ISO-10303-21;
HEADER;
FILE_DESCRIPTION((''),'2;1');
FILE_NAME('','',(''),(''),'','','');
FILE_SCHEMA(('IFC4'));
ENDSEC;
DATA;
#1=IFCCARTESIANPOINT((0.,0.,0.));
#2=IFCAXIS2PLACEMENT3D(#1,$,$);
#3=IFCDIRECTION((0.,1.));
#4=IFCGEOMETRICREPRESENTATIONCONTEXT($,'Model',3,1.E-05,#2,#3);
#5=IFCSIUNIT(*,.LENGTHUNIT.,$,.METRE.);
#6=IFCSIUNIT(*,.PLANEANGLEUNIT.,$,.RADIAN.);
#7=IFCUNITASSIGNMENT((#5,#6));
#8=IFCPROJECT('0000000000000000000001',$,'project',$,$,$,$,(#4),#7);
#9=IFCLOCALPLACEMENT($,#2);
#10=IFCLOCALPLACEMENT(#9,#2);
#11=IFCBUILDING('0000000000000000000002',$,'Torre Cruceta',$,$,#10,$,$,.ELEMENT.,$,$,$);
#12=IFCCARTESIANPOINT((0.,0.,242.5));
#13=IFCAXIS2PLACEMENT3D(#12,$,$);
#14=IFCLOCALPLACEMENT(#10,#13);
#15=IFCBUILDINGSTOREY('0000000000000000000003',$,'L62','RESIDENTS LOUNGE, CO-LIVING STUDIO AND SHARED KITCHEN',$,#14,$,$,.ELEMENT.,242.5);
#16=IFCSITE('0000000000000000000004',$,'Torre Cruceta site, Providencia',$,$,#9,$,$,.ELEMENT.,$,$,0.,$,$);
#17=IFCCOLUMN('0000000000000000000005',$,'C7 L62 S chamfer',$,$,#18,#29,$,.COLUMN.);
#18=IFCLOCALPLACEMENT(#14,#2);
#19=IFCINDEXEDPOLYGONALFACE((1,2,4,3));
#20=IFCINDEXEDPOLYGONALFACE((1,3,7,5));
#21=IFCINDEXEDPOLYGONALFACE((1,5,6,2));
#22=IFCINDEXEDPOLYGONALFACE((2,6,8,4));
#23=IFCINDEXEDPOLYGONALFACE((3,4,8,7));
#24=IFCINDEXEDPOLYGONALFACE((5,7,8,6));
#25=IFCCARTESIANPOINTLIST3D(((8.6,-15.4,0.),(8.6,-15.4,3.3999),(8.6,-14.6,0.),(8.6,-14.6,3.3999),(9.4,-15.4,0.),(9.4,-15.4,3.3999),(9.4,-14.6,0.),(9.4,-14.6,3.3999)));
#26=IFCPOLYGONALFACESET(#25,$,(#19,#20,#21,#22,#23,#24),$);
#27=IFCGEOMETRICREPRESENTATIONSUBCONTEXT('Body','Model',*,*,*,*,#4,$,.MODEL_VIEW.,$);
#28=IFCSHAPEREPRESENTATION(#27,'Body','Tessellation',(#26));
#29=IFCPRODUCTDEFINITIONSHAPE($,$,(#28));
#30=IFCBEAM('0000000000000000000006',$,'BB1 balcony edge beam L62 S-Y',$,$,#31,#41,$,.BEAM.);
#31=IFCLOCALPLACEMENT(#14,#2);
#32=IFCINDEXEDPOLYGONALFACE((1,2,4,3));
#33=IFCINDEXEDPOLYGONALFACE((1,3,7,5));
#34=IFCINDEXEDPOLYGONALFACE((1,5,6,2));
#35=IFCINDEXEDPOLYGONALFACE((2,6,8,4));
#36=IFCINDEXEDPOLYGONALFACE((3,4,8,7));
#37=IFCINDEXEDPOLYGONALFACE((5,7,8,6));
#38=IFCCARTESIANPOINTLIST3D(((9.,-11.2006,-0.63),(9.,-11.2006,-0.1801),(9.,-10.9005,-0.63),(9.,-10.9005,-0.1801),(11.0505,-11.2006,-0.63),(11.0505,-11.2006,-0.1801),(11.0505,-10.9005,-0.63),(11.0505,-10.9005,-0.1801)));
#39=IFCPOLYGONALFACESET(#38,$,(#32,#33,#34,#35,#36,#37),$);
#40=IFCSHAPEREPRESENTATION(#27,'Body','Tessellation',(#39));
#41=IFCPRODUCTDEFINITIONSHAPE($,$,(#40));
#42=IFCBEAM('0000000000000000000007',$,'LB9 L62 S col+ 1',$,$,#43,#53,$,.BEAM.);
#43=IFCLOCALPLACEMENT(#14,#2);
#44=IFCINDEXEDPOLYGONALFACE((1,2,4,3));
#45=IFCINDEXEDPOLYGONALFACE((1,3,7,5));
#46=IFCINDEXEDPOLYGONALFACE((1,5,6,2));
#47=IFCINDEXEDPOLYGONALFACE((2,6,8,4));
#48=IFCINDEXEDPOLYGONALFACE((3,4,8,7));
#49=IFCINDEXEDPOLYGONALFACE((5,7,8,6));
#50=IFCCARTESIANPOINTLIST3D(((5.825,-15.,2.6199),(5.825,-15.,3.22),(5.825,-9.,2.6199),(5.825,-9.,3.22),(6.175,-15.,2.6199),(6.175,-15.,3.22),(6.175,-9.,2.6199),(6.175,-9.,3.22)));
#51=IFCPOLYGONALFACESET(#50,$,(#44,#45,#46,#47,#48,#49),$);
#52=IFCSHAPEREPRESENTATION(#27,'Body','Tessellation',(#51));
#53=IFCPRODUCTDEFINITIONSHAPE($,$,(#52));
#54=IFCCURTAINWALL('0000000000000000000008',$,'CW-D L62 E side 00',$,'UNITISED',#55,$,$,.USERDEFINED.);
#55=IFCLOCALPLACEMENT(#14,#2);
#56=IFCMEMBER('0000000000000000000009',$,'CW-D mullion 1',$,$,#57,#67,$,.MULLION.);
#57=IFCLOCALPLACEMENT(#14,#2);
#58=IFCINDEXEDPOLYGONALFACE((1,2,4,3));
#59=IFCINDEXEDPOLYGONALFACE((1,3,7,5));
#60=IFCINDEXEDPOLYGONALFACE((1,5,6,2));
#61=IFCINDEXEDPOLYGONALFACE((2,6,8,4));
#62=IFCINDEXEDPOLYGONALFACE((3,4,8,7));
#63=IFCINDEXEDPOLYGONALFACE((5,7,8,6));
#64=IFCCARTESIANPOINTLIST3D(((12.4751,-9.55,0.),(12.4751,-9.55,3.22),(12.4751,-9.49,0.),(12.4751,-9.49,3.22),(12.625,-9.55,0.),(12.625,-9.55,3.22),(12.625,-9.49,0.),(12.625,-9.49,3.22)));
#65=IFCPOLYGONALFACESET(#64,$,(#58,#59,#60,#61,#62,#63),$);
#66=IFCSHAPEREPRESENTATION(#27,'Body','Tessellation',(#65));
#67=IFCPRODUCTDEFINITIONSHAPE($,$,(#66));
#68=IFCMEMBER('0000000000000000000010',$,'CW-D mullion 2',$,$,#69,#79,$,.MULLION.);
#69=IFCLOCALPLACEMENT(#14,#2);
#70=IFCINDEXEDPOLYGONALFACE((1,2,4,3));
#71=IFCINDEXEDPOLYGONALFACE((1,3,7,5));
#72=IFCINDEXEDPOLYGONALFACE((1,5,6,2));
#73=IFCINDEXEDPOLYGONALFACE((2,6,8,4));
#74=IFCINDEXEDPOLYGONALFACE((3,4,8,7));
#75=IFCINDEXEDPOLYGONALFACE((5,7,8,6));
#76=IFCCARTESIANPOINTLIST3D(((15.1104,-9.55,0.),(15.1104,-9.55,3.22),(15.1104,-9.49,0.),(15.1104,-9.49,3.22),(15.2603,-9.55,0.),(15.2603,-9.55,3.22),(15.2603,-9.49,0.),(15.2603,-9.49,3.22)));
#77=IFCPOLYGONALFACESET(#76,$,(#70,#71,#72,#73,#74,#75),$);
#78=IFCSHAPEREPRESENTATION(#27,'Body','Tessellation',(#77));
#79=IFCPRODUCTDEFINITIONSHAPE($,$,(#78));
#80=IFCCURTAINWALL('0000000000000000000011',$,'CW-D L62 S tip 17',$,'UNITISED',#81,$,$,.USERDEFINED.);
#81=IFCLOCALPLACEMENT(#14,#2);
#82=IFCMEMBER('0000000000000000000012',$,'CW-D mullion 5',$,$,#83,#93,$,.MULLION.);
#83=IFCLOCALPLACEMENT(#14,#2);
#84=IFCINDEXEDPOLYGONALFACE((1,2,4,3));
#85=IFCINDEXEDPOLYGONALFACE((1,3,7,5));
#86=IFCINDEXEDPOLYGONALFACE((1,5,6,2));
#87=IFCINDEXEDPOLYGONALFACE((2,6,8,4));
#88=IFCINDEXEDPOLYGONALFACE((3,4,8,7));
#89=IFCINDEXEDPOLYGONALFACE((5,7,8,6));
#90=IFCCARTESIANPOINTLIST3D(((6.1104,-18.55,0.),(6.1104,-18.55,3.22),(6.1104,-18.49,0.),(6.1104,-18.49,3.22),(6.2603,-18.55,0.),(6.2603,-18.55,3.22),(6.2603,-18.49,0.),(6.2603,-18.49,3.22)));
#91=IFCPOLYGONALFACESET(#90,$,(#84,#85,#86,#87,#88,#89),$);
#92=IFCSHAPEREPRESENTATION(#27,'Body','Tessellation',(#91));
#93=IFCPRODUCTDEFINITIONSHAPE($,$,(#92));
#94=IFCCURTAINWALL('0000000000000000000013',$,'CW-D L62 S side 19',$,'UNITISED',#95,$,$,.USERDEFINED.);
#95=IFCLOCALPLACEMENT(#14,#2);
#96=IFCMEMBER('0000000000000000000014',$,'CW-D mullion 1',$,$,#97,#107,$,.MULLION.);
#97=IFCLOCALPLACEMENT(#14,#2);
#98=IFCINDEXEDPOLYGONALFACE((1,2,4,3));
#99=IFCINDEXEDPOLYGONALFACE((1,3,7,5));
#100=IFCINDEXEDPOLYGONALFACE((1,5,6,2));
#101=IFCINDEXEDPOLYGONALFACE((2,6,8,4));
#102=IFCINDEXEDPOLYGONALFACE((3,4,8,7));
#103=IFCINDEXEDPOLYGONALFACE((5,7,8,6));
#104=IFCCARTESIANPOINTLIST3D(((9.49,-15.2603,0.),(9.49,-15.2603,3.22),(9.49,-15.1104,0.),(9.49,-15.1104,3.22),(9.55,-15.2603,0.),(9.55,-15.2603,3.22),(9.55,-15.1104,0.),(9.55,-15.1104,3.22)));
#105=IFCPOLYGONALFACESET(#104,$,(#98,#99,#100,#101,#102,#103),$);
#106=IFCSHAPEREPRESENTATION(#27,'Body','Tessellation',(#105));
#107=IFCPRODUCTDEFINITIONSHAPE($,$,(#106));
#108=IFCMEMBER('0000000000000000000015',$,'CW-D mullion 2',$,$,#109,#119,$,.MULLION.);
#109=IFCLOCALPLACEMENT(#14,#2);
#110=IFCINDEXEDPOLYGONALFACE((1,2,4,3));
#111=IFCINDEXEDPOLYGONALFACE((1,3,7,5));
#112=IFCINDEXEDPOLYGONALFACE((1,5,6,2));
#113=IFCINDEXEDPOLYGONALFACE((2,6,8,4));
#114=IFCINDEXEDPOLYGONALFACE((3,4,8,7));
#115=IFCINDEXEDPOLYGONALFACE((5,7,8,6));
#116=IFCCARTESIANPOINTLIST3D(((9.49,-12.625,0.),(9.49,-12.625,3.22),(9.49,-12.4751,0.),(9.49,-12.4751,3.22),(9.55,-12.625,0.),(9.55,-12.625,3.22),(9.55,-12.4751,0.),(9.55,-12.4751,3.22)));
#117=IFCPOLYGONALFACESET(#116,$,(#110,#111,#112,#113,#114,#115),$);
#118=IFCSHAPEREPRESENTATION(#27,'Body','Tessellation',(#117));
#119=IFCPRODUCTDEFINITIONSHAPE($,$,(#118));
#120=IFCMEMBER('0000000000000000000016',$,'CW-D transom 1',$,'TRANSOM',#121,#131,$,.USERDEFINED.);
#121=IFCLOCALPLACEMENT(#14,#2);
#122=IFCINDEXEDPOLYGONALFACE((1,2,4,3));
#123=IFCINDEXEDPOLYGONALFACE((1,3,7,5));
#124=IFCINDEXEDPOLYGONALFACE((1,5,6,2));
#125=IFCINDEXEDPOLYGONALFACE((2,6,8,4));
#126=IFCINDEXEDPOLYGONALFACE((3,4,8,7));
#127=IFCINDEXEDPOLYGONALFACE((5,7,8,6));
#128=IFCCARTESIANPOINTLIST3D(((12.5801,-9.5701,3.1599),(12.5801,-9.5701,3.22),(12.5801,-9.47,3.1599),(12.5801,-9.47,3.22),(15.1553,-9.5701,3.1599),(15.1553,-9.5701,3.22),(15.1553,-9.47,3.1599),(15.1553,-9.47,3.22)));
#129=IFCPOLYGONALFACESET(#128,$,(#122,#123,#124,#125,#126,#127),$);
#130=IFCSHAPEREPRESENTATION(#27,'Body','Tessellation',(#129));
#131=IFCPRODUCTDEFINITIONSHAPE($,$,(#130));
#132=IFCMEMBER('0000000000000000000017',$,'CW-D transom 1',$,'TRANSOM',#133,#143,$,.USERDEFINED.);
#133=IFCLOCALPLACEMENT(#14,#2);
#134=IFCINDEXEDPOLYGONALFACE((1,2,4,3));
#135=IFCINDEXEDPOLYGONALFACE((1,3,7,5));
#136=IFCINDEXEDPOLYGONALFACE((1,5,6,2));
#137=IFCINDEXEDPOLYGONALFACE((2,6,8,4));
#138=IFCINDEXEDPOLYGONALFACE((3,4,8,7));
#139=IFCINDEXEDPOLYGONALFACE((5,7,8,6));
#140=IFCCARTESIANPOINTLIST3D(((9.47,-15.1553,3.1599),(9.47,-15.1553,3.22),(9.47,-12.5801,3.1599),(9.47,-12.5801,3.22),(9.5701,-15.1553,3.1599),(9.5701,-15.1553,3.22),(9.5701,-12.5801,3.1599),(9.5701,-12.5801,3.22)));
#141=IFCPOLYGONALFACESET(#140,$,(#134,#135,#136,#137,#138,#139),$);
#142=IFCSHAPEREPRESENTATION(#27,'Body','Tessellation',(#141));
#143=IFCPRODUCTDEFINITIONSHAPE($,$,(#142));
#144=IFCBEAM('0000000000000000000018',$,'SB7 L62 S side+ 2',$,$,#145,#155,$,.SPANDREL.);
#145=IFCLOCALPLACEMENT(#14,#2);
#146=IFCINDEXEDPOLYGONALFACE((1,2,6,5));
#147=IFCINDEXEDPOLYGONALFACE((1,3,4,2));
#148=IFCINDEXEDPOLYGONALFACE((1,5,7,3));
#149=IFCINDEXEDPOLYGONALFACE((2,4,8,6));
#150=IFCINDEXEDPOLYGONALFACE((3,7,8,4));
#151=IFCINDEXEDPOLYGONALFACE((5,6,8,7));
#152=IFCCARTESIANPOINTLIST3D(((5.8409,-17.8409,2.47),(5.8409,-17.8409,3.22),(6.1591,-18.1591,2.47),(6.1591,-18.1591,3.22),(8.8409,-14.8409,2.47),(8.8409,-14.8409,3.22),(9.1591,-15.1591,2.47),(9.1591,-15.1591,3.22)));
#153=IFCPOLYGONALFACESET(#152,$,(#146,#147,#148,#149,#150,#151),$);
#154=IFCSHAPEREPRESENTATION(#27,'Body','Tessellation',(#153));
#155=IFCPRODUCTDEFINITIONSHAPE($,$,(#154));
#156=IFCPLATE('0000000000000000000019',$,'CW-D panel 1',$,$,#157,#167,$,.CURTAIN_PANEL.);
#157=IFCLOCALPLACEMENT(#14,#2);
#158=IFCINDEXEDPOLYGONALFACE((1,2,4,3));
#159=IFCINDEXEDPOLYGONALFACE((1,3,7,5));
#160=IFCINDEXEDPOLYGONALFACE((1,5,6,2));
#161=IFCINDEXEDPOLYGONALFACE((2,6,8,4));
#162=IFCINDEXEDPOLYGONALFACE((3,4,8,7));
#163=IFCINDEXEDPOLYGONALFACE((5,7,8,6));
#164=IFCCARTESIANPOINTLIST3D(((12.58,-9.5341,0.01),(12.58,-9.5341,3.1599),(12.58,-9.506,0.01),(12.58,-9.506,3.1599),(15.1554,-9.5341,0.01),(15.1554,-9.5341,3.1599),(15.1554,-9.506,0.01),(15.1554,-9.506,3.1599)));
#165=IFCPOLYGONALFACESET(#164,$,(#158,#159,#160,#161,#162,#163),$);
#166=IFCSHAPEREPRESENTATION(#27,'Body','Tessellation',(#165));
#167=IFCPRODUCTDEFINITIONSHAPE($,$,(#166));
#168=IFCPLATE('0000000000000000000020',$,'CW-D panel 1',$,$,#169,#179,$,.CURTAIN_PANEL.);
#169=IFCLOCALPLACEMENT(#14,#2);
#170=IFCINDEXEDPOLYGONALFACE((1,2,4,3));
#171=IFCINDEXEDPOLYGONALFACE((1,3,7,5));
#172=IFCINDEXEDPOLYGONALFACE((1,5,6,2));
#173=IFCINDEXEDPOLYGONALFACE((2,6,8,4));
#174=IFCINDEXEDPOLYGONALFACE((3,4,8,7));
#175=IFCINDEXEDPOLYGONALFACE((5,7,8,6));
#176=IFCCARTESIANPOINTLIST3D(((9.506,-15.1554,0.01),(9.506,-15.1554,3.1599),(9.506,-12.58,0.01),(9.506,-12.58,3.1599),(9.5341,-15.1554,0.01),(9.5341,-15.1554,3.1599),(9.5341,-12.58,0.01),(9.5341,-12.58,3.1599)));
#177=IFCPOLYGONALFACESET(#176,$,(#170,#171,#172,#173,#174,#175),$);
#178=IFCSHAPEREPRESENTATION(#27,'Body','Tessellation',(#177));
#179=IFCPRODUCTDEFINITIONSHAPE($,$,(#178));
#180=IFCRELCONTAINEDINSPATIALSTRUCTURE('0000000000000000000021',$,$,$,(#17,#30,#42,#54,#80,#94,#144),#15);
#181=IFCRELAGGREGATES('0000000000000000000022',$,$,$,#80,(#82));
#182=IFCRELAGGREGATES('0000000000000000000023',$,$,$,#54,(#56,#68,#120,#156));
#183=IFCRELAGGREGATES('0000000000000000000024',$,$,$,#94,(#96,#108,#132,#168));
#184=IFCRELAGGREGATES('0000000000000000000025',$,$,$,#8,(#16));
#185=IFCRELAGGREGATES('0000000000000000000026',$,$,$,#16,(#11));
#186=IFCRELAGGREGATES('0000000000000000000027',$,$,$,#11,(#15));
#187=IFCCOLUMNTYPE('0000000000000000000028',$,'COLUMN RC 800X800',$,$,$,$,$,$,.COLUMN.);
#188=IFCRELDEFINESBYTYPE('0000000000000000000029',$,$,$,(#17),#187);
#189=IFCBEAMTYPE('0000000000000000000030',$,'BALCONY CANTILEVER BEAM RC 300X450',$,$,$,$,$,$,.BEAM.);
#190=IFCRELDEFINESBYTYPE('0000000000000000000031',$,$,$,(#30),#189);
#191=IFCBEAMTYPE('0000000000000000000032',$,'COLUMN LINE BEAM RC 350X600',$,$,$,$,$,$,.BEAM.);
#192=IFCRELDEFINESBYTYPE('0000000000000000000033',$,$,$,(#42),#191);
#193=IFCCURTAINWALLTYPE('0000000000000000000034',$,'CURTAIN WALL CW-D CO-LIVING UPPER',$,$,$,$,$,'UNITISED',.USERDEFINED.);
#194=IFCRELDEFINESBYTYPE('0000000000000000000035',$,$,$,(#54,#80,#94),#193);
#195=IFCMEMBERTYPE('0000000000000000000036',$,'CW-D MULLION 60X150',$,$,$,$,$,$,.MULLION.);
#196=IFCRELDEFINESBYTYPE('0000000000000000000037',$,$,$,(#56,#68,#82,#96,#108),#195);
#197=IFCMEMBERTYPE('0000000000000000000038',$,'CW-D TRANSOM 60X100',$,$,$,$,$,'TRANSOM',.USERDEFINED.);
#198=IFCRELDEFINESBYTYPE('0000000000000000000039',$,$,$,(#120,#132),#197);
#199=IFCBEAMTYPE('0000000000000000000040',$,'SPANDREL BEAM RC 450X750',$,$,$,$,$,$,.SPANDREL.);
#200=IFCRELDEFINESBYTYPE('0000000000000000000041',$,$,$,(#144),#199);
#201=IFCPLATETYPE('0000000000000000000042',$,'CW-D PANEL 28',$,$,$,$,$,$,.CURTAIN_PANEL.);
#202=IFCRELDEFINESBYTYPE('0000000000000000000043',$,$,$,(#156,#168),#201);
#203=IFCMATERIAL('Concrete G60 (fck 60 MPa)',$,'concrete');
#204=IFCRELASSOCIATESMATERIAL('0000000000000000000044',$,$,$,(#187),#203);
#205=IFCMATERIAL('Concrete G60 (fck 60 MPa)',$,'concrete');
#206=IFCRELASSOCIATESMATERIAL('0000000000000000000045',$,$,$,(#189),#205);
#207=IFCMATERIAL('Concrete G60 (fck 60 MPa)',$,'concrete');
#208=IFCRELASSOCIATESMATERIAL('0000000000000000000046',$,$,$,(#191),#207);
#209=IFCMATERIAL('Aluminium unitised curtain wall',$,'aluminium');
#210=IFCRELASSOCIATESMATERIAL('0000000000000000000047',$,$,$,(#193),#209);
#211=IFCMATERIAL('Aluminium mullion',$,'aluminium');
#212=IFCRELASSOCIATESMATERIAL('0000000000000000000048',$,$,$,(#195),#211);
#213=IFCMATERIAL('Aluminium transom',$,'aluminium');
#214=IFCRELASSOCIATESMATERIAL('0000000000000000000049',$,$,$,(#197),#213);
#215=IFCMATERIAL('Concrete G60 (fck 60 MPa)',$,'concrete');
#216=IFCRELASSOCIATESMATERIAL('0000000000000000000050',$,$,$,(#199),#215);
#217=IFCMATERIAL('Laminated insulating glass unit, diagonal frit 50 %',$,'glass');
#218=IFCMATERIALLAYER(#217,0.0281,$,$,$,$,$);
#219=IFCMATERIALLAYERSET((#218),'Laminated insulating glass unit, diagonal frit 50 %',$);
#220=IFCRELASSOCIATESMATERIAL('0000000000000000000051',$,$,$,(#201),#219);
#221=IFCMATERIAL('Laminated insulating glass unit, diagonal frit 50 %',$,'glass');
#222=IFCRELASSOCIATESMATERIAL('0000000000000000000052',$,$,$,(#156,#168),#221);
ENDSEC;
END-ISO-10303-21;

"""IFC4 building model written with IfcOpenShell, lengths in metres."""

from ifc_helpers import new_model, si_unit, direction, frame, origin, origin_2d, place, context, subcontext, project, spatial, rectangle, extrude, material, layer, layer_set, material_profile, profile_set, type_object, element, aggregate, save


model = new_model("IFC4")

# Units and contexts
model_context = context("Model", 3, precision=1e-05, world=origin(), true_north=direction((0.0, 1.0)))
body_context = subcontext(model_context, "Body", "Model", "MODEL_VIEW")
ifc_project = project(units=[si_unit("LENGTHUNIT", "METRE"), si_unit("PLANEANGLEUNIT", "RADIAN")], contexts=[model_context])

# Site, building, storey
site_placement = place(None, origin())
site = spatial("IfcSite", under=ifc_project, at=site_placement, Name="Torre Cruceta site, Providencia", CompositionType="ELEMENT", RefElevation=0.0)
building_placement = place(site_placement, origin())
building = spatial("IfcBuilding", under=site, at=building_placement, Name="Torre Cruceta", CompositionType="ELEMENT")
storey_placement = place(building_placement, frame((0.0, 0.0, 242.5)))
storey = spatial("IfcBuildingStorey", under=building, at=storey_placement, Name="L62", Description="RESIDENTS LOUNGE, CO-LIVING STUDIO AND SHARED KITCHEN", CompositionType="ELEMENT", Elevation=242.5)

# Column
ifc_material_1 = material(Name="Concrete G60 (fck 60 MPa)", Category="concrete")
ifc_material_profile_1 = material_profile(ifc_material_1, rectangle(XDim=0.8, YDim=0.8, at=origin_2d()), Name="RC 800X800")
ifc_profile_set_1 = profile_set([ifc_material_profile_1], Name="Concrete G60 (fck 60 MPa)")
column_type = type_object("IfcColumnType", Name="COLUMN RC 800X800", PredefinedType="COLUMN", material=ifc_profile_set_1)
column_placement = place(storey_placement, frame((9.0, -15.0, 0.0), z_axis=(0.0, 0.0, 1.0), x_axis=(1.0, 0.0, 0.0)))
element("IfcColumn", 1, at=column_placement, inside=storey, type_object=column_type, Name="C7 L62 S chamfer", PredefinedType="COLUMN", context=body_context, shape_type="SweptSolid", body=[
    extrude(rectangle(XDim=0.8, YDim=0.8, at=origin_2d()), origin(), (0.0, 0.0, 1.0), 3.3999),
])

# Beams
ifc_material_2 = material(Name="Concrete G60 (fck 60 MPa)", Category="concrete")
ifc_material_profile_2 = material_profile(ifc_material_2, rectangle(XDim=0.3, YDim=0.45, at=origin_2d()), Name="RC 300X450")
ifc_profile_set_2 = profile_set([ifc_material_profile_2], Name="Concrete G60 (fck 60 MPa)")
beam_type_1 = type_object("IfcBeamType", Name="BALCONY CANTILEVER BEAM RC 300X450", PredefinedType="BEAM", material=ifc_profile_set_2)
beam_1_placement = place(storey_placement, frame((9.0, -11.0505, -0.405), z_axis=(1.0, 0.0, 0.0), x_axis=(0.0, 1.0, 0.0)))
element("IfcBeam", 2, at=beam_1_placement, inside=storey, type_object=beam_type_1, Name="BB1 balcony edge beam L62 S-Y", PredefinedType="BEAM", context=body_context, shape_type="SweptSolid", body=[
    extrude(rectangle(XDim=0.3, YDim=0.45, at=origin_2d()), origin(), (0.0, 0.0, 1.0), 2.0505),
])
ifc_material_3 = material(Name="Concrete G60 (fck 60 MPa)", Category="concrete")
ifc_material_profile_3 = material_profile(ifc_material_3, rectangle(XDim=0.3501, YDim=0.6001, at=origin_2d()), Name="RC 350X600")
ifc_profile_set_3 = profile_set([ifc_material_profile_3], Name="Concrete G60 (fck 60 MPa)")
beam_type_2 = type_object("IfcBeamType", Name="COLUMN LINE BEAM RC 350X600", PredefinedType="BEAM", material=ifc_profile_set_3)
beam_2_placement = place(storey_placement, frame((6.0, -9.0, 2.9199), z_axis=(0.0, -1.0, 0.0), x_axis=(1.0, 0.0, 0.0)))
element("IfcBeam", 3, at=beam_2_placement, inside=storey, type_object=beam_type_2, Name="LB9 L62 S col+ 1", PredefinedType="BEAM", context=body_context, shape_type="SweptSolid", body=[
    extrude(rectangle(XDim=0.3501, YDim=0.6001, at=origin_2d()), origin(), (0.0, 0.0, 1.0), 6.0),
])

# Curtain wall, members
ifc_material_4 = material(Name="Aluminium unitised curtain wall", Category="aluminium")
curtain_wall_type = type_object("IfcCurtainWallType", Name="CURTAIN WALL CW-D CO-LIVING UPPER", ElementType="UNITISED", PredefinedType="USERDEFINED", material=ifc_material_4)
curtain_wall_1_placement = place(storey_placement, origin())
curtain_wall_1 = element("IfcCurtainWall", 4, at=curtain_wall_1_placement, inside=storey, type_object=curtain_wall_type, Name="CW-D L62 E side 00", ObjectType="UNITISED", PredefinedType="USERDEFINED")
ifc_material_5 = material(Name="Aluminium mullion", Category="aluminium")
ifc_material_profile_4 = material_profile(ifc_material_5, rectangle(XDim=0.0601, YDim=0.1499, at=origin_2d()), Name="AL 60X150")
ifc_profile_set_4 = profile_set([ifc_material_profile_4], Name="Aluminium mullion")
member_type_1 = type_object("IfcMemberType", Name="CW-D MULLION 60X150", PredefinedType="MULLION", material=ifc_profile_set_4)
member_1_placement = place(storey_placement, frame((12.55, -9.52, 0.0), z_axis=(0.0, 0.0, 1.0), x_axis=(0.0, 1.0, 0.0)))
member_1 = element("IfcMember", 5, at=member_1_placement, type_object=member_type_1, Name="CW-D mullion 1", PredefinedType="MULLION", context=body_context, shape_type="SweptSolid", body=[
    extrude(rectangle(XDim=0.0601, YDim=0.1499, at=origin_2d()), origin(), (0.0, 0.0, 1.0), 3.22),
])
member_2_placement = place(storey_placement, frame((15.1853, -9.52, 0.0), z_axis=(0.0, 0.0, 1.0), x_axis=(0.0, 1.0, 0.0)))
member_2 = element("IfcMember", 6, at=member_2_placement, type_object=member_type_1, Name="CW-D mullion 2", PredefinedType="MULLION", context=body_context, shape_type="SweptSolid", body=[
    extrude(rectangle(XDim=0.0601, YDim=0.1499, at=origin_2d()), origin(), (0.0, 0.0, 1.0), 3.22),
])

# Curtain wall, member
curtain_wall_2_placement = place(storey_placement, origin())
curtain_wall_2 = element("IfcCurtainWall", 7, at=curtain_wall_2_placement, inside=storey, type_object=curtain_wall_type, Name="CW-D L62 S tip 17", ObjectType="UNITISED", PredefinedType="USERDEFINED")
member_3_placement = place(storey_placement, frame((6.1853, -18.52, 0.0), z_axis=(0.0, 0.0, 1.0), x_axis=(0.0, 1.0, 0.0)))
member_3 = element("IfcMember", 8, at=member_3_placement, type_object=member_type_1, Name="CW-D mullion 5", PredefinedType="MULLION", context=body_context, shape_type="SweptSolid", body=[
    extrude(rectangle(XDim=0.0601, YDim=0.1499, at=origin_2d()), origin(), (0.0, 0.0, 1.0), 3.22),
])
aggregate(curtain_wall_2, [member_3])

# Curtain wall, members
curtain_wall_3_placement = place(storey_placement, origin())
curtain_wall_3 = element("IfcCurtainWall", 9, at=curtain_wall_3_placement, inside=storey, type_object=curtain_wall_type, Name="CW-D L62 S side 19", ObjectType="UNITISED", PredefinedType="USERDEFINED")
member_4_placement = place(storey_placement, frame((9.52, -15.1853, 0.0), z_axis=(0.0, 0.0, 1.0), x_axis=(-1.0, 0.0, 0.0)))
member_4 = element("IfcMember", 10, at=member_4_placement, type_object=member_type_1, Name="CW-D mullion 1", PredefinedType="MULLION", context=body_context, shape_type="SweptSolid", body=[
    extrude(rectangle(XDim=0.0601, YDim=0.1499, at=origin_2d()), origin(), (0.0, 0.0, 1.0), 3.22),
])
member_5_placement = place(storey_placement, frame((9.52, -12.55, 0.0), z_axis=(0.0, 0.0, 1.0), x_axis=(-1.0, 0.0, 0.0)))
member_5 = element("IfcMember", 11, at=member_5_placement, type_object=member_type_1, Name="CW-D mullion 2", PredefinedType="MULLION", context=body_context, shape_type="SweptSolid", body=[
    extrude(rectangle(XDim=0.0601, YDim=0.1499, at=origin_2d()), origin(), (0.0, 0.0, 1.0), 3.22),
])

# Members
ifc_material_6 = material(Name="Aluminium transom", Category="aluminium")
ifc_material_profile_5 = material_profile(ifc_material_6, rectangle(XDim=0.1001, YDim=0.0601, at=origin_2d()), Name="AL 100X60")
ifc_profile_set_5 = profile_set([ifc_material_profile_5], Name="Aluminium transom")
member_type_2 = type_object("IfcMemberType", Name="CW-D TRANSOM 60X100", ElementType="TRANSOM", PredefinedType="USERDEFINED", material=ifc_profile_set_5)
member_6_placement = place(storey_placement, frame((12.5801, -9.52, 3.1899), z_axis=(1.0, 0.0, 0.0), x_axis=(0.0, 1.0, 0.0)))
member_6 = element("IfcMember", 12, at=member_6_placement, type_object=member_type_2, Name="CW-D transom 1", ObjectType="TRANSOM", PredefinedType="USERDEFINED", context=body_context, shape_type="SweptSolid", body=[
    extrude(rectangle(XDim=0.1001, YDim=0.0601, at=origin_2d()), origin(), (0.0, 0.0, 1.0), 2.5752),
])
member_7_placement = place(storey_placement, frame((9.52, -15.1553, 3.1899), z_axis=(0.0, 1.0, 0.0), x_axis=(-1.0, 0.0, 0.0)))
member_7 = element("IfcMember", 13, at=member_7_placement, type_object=member_type_2, Name="CW-D transom 1", ObjectType="TRANSOM", PredefinedType="USERDEFINED", context=body_context, shape_type="SweptSolid", body=[
    extrude(rectangle(XDim=0.1001, YDim=0.0601, at=origin_2d()), origin(), (0.0, 0.0, 1.0), 2.5752),
])

# Beam
ifc_material_7 = material(Name="Concrete G60 (fck 60 MPa)", Category="concrete")
ifc_material_profile_6 = material_profile(ifc_material_7, rectangle(XDim=0.45, YDim=0.75, at=origin_2d()), Name="RC 450X750")
ifc_profile_set_6 = profile_set([ifc_material_profile_6], Name="Concrete G60 (fck 60 MPa)")
beam_type_3 = type_object("IfcBeamType", Name="SPANDREL BEAM RC 450X750", PredefinedType="SPANDREL", material=ifc_profile_set_6)
beam_3_placement = place(storey_placement, frame((9.0, -15.0, 2.845), z_axis=(-0.707107, -0.707107, 0.0), x_axis=(0.707107, -0.707107, 0.0)))
element("IfcBeam", 14, at=beam_3_placement, inside=storey, type_object=beam_type_3, Name="SB7 L62 S side+ 2", PredefinedType="SPANDREL", context=body_context, shape_type="SweptSolid", body=[
    extrude(rectangle(XDim=0.45, YDim=0.75, at=origin_2d()), origin(), (0.0, 0.0, 1.0), 4.2427),
])

# Plates
ifc_material_8 = material(Name="Laminated insulating glass unit, diagonal frit 50 %", Category="glass")
ifc_material_9 = material(Name="Laminated insulating glass unit, diagonal frit 50 %", Category="glass")
ifc_layer_1 = layer(ifc_material_9, 0.0281)
ifc_layer_set_1 = layer_set([ifc_layer_1], Name="Laminated insulating glass unit, diagonal frit 50 %")
plate_type = type_object("IfcPlateType", Name="CW-D PANEL 28", PredefinedType="CURTAIN_PANEL", material=ifc_layer_set_1)
plate_1_placement = place(storey_placement, frame((13.8677, -9.52, 0.01), z_axis=(0.0, 0.0, 1.0), x_axis=(1.0, 0.0, 0.0)))
plate_1 = element("IfcPlate", 15, at=plate_1_placement, type_object=plate_type, material=ifc_material_8, Name="CW-D panel 1", PredefinedType="CURTAIN_PANEL", context=body_context, shape_type="SweptSolid", body=[
    extrude(rectangle(XDim=2.5754, YDim=0.0281, at=origin_2d()), origin(), (0.0, 0.0, 1.0), 3.1499),
])
aggregate(curtain_wall_1, [member_1, member_2, member_6, plate_1])
plate_2_placement = place(storey_placement, frame((9.52, -13.8677, 0.01), z_axis=(0.0, 0.0, 1.0), x_axis=(0.0, 1.0, 0.0)))
plate_2 = element("IfcPlate", 16, at=plate_2_placement, type_object=plate_type, material=ifc_material_8, Name="CW-D panel 1", PredefinedType="CURTAIN_PANEL", context=body_context, shape_type="SweptSolid", body=[
    extrude(rectangle(XDim=2.5754, YDim=0.0281, at=origin_2d()), origin(), (0.0, 0.0, 1.0), 3.1499),
])
aggregate(curtain_wall_3, [member_4, member_5, member_7, plate_2])

save(model, "model.ifc")
